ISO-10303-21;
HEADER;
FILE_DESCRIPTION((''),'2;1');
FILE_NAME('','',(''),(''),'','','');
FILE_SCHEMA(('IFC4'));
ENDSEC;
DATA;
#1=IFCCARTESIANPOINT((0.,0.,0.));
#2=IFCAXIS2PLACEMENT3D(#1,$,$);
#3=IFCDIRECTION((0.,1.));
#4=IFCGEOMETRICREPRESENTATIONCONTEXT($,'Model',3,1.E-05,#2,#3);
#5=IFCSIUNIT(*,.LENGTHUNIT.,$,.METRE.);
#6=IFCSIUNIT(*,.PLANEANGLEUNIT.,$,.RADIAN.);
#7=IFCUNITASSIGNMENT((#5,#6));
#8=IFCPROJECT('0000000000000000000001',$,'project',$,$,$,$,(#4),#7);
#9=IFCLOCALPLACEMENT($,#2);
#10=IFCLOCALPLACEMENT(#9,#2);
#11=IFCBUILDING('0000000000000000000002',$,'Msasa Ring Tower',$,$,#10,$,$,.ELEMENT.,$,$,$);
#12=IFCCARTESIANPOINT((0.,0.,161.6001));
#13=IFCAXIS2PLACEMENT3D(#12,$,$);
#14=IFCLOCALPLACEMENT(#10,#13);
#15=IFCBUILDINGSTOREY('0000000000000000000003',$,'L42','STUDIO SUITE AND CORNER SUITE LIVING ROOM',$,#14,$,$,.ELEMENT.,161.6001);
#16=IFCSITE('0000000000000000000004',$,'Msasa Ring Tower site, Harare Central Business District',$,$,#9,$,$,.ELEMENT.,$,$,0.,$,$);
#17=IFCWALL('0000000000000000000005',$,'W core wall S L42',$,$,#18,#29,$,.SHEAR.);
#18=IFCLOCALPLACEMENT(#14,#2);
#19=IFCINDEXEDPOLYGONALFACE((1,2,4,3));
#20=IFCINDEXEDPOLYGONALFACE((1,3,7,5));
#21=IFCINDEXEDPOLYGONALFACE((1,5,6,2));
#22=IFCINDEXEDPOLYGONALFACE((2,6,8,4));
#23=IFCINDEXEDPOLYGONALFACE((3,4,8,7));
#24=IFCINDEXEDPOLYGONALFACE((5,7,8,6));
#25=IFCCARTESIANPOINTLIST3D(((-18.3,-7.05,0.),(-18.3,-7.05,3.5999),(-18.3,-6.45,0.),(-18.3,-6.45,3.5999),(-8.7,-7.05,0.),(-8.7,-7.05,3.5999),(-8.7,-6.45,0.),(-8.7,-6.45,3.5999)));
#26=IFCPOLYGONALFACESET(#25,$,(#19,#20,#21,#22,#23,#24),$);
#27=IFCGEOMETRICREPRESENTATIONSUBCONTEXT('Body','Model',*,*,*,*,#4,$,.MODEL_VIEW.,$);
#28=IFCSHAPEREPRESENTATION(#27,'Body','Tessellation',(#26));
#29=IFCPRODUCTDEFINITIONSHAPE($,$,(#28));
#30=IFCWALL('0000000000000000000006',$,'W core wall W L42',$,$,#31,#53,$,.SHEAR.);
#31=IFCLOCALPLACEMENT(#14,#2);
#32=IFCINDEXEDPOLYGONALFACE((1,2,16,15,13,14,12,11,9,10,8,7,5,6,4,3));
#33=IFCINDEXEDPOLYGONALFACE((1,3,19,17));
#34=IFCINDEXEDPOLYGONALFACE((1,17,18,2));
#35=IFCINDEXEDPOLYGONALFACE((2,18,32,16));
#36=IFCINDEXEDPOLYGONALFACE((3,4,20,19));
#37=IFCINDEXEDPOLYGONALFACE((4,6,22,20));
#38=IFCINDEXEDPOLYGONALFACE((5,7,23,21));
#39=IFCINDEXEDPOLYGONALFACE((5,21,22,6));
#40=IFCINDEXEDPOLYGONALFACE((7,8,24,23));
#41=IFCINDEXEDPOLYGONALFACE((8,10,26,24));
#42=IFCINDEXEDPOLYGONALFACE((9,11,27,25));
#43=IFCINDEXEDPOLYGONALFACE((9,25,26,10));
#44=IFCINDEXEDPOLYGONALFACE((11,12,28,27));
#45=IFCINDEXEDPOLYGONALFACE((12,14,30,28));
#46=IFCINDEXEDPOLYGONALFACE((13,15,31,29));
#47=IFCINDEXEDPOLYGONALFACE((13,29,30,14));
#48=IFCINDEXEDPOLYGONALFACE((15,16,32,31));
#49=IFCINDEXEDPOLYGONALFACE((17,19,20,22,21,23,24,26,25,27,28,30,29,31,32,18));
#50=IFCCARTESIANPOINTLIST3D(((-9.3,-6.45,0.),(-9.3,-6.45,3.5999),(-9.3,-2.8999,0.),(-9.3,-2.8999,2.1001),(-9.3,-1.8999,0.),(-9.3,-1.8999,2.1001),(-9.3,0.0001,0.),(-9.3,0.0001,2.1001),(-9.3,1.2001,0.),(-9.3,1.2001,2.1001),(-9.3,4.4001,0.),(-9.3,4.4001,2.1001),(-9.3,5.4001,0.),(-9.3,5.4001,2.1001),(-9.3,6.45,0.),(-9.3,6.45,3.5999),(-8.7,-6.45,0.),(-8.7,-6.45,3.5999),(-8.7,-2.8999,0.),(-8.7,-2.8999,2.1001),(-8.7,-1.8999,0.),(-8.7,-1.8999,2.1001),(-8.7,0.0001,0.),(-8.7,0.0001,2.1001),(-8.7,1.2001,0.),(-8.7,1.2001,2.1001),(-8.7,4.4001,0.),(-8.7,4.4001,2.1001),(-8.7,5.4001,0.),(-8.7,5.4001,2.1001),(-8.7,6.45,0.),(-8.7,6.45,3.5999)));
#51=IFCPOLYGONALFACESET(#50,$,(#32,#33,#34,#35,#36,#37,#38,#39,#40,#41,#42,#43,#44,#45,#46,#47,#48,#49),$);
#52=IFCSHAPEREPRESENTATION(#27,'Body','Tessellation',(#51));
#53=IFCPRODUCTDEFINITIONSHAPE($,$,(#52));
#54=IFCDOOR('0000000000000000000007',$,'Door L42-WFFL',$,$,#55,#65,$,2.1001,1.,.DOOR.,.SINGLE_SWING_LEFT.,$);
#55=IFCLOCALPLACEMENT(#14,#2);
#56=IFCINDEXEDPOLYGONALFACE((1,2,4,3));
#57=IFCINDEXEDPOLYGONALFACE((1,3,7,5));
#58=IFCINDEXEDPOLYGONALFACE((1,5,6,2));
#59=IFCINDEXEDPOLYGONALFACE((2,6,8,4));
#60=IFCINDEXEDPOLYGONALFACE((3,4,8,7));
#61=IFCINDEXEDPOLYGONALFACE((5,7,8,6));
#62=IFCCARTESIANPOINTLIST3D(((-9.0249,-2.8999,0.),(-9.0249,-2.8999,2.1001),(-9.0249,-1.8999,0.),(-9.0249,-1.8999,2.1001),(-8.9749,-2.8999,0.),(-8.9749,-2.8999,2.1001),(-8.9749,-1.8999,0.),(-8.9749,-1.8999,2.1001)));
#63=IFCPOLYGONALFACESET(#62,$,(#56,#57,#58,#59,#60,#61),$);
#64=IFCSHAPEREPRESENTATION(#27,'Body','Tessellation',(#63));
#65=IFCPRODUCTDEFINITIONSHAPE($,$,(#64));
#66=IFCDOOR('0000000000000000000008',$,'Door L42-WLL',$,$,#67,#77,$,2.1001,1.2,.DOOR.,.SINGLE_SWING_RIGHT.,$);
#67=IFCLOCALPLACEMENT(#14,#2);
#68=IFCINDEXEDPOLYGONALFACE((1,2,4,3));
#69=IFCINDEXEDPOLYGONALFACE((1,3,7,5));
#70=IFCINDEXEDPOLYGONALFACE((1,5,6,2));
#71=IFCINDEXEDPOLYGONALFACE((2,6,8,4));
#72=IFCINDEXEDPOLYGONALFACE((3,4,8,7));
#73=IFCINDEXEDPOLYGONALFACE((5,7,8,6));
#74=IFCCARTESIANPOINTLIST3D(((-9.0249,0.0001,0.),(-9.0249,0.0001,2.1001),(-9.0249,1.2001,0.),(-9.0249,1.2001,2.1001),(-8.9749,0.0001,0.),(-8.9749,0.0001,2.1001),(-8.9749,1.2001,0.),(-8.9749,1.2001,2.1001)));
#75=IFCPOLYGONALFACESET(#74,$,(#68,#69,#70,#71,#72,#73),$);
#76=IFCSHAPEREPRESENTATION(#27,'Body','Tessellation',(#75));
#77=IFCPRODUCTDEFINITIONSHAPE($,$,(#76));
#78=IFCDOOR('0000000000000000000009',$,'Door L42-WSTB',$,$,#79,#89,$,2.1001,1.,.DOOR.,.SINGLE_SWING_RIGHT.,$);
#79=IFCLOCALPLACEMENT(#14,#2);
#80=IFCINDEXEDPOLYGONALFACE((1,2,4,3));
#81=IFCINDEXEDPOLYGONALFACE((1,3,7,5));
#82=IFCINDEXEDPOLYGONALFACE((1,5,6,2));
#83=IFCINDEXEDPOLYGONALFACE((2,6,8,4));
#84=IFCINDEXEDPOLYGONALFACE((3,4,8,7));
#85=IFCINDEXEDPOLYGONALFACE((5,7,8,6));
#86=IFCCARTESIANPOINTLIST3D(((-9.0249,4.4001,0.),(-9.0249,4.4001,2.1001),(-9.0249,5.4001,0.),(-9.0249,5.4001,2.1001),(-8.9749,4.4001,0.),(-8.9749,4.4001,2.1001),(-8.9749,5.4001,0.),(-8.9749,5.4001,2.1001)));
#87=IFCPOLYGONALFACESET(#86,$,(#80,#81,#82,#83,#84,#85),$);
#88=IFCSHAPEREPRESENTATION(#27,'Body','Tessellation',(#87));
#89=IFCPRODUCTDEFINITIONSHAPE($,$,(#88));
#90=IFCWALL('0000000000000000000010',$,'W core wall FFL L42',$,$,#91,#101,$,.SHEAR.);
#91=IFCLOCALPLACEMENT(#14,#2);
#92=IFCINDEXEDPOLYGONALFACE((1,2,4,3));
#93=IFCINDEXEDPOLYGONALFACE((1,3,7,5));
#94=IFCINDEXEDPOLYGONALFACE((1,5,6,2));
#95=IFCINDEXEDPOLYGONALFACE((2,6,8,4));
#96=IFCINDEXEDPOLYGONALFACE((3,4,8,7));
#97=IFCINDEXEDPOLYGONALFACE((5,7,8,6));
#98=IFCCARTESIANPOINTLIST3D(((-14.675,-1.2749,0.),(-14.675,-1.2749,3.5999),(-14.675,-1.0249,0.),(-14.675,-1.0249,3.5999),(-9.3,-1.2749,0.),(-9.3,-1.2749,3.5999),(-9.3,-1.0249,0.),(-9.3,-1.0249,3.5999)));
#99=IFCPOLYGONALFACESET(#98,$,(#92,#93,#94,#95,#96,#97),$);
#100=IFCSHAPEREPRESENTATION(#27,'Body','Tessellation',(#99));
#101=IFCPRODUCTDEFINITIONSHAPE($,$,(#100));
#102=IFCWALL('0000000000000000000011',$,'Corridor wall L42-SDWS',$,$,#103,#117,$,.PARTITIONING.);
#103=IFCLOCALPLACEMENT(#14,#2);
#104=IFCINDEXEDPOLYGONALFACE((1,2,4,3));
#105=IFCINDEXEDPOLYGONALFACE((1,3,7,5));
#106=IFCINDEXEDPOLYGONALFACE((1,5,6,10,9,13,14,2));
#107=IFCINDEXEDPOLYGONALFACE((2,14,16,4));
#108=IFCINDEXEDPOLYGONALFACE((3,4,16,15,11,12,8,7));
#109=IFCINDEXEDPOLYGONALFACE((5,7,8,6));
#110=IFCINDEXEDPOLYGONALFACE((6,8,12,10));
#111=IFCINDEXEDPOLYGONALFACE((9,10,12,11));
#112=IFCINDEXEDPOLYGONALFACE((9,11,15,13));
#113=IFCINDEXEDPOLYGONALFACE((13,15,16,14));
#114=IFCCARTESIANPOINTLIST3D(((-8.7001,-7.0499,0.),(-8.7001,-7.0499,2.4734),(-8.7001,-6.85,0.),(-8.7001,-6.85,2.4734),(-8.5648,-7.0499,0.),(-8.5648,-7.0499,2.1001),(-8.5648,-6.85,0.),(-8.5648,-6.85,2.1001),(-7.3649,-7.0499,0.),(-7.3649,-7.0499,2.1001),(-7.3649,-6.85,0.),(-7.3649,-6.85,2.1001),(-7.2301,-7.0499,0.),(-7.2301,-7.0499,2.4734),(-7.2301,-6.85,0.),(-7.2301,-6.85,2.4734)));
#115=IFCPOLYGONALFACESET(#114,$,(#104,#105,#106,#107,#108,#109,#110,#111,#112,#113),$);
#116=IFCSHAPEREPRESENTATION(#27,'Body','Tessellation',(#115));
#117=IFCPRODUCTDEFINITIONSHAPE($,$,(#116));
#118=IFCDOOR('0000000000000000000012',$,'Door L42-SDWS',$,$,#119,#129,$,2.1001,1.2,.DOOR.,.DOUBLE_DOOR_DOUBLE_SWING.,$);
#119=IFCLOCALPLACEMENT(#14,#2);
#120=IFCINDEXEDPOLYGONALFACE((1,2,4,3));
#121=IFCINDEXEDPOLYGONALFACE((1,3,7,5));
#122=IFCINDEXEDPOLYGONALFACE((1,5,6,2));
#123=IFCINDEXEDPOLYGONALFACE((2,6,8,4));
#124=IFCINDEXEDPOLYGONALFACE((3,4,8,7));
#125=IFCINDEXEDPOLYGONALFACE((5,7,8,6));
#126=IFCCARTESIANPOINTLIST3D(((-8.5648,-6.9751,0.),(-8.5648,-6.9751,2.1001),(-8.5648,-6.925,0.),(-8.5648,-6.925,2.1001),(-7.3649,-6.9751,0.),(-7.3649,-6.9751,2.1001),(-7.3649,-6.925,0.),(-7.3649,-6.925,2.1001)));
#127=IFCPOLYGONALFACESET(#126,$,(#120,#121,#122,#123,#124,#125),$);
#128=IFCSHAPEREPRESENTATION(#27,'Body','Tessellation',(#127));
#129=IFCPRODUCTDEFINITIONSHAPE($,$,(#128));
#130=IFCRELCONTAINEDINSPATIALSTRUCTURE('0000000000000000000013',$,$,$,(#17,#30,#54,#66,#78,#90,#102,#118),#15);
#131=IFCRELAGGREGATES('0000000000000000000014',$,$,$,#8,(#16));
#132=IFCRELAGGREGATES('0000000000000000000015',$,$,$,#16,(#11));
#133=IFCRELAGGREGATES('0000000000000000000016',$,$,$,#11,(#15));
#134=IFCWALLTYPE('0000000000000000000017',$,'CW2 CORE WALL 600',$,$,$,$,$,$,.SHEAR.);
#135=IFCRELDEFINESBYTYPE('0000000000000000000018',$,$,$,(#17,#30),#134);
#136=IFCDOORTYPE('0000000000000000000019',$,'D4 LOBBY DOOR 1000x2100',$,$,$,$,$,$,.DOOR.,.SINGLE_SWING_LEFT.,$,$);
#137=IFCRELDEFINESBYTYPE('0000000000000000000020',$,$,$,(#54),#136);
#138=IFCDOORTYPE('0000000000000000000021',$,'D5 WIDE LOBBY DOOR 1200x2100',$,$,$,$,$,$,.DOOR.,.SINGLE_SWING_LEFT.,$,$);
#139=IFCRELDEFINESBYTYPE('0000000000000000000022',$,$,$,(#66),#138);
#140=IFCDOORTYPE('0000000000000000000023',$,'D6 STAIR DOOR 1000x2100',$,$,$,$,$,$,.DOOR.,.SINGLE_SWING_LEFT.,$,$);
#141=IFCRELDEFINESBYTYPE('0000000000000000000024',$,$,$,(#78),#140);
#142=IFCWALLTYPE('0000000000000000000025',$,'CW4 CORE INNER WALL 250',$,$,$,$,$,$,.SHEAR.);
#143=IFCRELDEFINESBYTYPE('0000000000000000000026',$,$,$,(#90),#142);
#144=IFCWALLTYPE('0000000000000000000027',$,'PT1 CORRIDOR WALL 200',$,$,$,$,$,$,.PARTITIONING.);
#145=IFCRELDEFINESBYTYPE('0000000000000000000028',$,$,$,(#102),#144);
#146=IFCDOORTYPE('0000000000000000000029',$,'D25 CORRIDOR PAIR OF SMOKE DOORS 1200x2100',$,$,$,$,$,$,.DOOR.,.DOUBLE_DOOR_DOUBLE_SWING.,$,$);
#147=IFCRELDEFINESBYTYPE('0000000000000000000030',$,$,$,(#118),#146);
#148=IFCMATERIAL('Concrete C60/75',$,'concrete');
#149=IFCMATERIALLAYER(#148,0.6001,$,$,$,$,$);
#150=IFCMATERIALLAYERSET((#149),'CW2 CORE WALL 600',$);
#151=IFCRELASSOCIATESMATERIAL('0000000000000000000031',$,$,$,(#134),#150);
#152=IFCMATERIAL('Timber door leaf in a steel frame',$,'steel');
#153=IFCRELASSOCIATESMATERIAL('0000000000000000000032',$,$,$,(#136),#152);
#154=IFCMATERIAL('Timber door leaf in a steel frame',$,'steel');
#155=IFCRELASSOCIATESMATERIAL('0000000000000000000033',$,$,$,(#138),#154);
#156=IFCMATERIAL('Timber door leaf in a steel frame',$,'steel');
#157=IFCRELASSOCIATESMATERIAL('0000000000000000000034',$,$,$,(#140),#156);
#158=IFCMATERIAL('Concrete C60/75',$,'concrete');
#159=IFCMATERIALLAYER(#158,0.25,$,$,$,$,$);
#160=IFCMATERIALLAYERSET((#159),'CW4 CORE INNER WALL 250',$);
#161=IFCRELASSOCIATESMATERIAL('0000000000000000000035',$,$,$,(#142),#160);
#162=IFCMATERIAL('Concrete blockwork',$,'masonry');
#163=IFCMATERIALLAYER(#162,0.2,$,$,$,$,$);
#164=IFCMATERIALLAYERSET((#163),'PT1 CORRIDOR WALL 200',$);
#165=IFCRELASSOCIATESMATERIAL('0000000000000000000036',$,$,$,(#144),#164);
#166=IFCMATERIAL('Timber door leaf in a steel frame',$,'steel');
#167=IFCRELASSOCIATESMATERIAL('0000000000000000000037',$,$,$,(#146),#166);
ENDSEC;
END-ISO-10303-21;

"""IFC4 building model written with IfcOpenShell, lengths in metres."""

from ifc_helpers import new_model, si_unit, direction, frame, frame_2d, origin, place, context, subcontext, project, spatial, rectangle, extrude, material, layer, layer_set, type_object, element, fill, save


model = new_model("IFC4")

# Units and contexts
model_context = context("Model", 3, precision=1e-05, world=origin(), true_north=direction((0.0, 1.0)))
body_context = subcontext(model_context, "Body", "Model", "MODEL_VIEW")
ifc_project = project(units=[si_unit("LENGTHUNIT", "METRE"), si_unit("PLANEANGLEUNIT", "RADIAN")], contexts=[model_context])

# Site, building, storey
site_placement = place(None, origin())
site = spatial("IfcSite", under=ifc_project, at=site_placement, Name="Msasa Ring Tower site, Harare Central Business District", CompositionType="ELEMENT", RefElevation=0.0)
building_placement = place(site_placement, origin())
building = spatial("IfcBuilding", under=site, at=building_placement, Name="Msasa Ring Tower", CompositionType="ELEMENT")
storey_placement = place(building_placement, frame((0.0, 0.0, 161.6001)))
storey = spatial("IfcBuildingStorey", under=building, at=storey_placement, Name="L42", Description="STUDIO SUITE AND CORNER SUITE LIVING ROOM", CompositionType="ELEMENT", Elevation=161.6001)

# Wall
ifc_material_1 = material(Name="Concrete C60/75", Category="concrete")
ifc_layer_1 = layer(ifc_material_1, 0.6001)
ifc_layer_set_1 = layer_set([ifc_layer_1], Name="CW2 CORE WALL 600")
wall_type_1 = type_object("IfcWallType", Name="CW2 CORE WALL 600", PredefinedType="SHEAR", material=ifc_layer_set_1)
wall_1_placement = place(storey_placement, frame((-8.7, -6.75, 0.0), z_axis=(0.0, 0.0, 1.0), x_axis=(-1.0, 0.0, 0.0)))
element("IfcWall", 1, at=wall_1_placement, inside=storey, type_object=wall_type_1, Name="W core wall S L42", PredefinedType="SHEAR", context=body_context, shape_type="SweptSolid", body=[
    extrude(rectangle(XDim=9.6001, YDim=0.6001, at=frame_2d((4.8, 0.0))), origin(), (0.0, 0.0, 1.0), 3.5999),
])

# Wall, openings, doors
wall_2_placement = place(storey_placement, frame((-9.0, -6.45, 0.0), z_axis=(0.0, 0.0, 1.0), x_axis=(0.0, 1.0, 0.0)))
wall_2 = element("IfcWall", 2, at=wall_2_placement, inside=storey, type_object=wall_type_1, Name="W core wall W L42", PredefinedType="SHEAR", context=body_context, shape_type="SweptSolid", body=[
    extrude(rectangle(XDim=12.8999, YDim=0.6001, at=frame_2d((6.45, 0.0))), origin(), (0.0, 0.0, 1.0), 3.5999),
])
opening_1_placement = place(wall_2_placement, frame((3.55, 0.0, 0.0)))
opening_1 = element("IfcOpeningElement", 3, at=opening_1_placement, cuts=wall_2, PredefinedType="OPENING", context=body_context, shape_type="SweptSolid", body=[
    extrude(rectangle(XDim=1.0, YDim=2.1001, at=frame_2d((0.5, 1.05))), frame((0.0, 0.3101, 0.0), z_axis=(0.0, -1.0, 0.0), x_axis=(1.0, 0.0, 0.0)), (0.0, 0.0, 1.0), 0.6201),
])
opening_2_placement = place(wall_2_placement, frame((6.45, 0.0, 0.0)))
opening_2 = element("IfcOpeningElement", 4, at=opening_2_placement, cuts=wall_2, PredefinedType="OPENING", context=body_context, shape_type="SweptSolid", body=[
    extrude(rectangle(XDim=1.2, YDim=2.1001, at=frame_2d((0.6001, 1.05))), frame((0.0, 0.3101, 0.0), z_axis=(0.0, -1.0, 0.0), x_axis=(1.0, 0.0, 0.0)), (0.0, 0.0, 1.0), 0.6201),
])
opening_3_placement = place(wall_2_placement, frame((10.8501, 0.0, 0.0)))
opening_3 = element("IfcOpeningElement", 5, at=opening_3_placement, cuts=wall_2, PredefinedType="OPENING", context=body_context, shape_type="SweptSolid", body=[
    extrude(rectangle(XDim=1.0, YDim=2.1001, at=frame_2d((0.5, 1.05))), frame((0.0, 0.3101, 0.0), z_axis=(0.0, -1.0, 0.0), x_axis=(1.0, 0.0, 0.0)), (0.0, 0.0, 1.0), 0.6201),
])
ifc_material_2 = material(Name="Timber door leaf in a steel frame", Category="steel")
door_type_1 = type_object("IfcDoorType", Name="D4 LOBBY DOOR 1000x2100", OperationType="SINGLE_SWING_LEFT", PredefinedType="DOOR", material=ifc_material_2)
door_1_placement = place(opening_1_placement, origin())
door_1 = element("IfcDoor", 6, at=door_1_placement, inside=storey, type_object=door_type_1, Name="Door L42-WFFL", OperationType="SINGLE_SWING_LEFT", OverallHeight=2.1001, OverallWidth=1.0, PredefinedType="DOOR", context=body_context, shape_type="SweptSolid", body=[
    extrude(rectangle(XDim=1.0, YDim=2.1001, at=frame_2d((0.5, 1.05))), frame((0.0, 0.0249, 0.0), z_axis=(0.0, -1.0, 0.0), x_axis=(1.0, 0.0, 0.0)), (0.0, 0.0, 1.0), 0.05),
])
fill(opening_1, door_1)
ifc_material_3 = material(Name="Timber door leaf in a steel frame", Category="steel")
door_type_2 = type_object("IfcDoorType", Name="D5 WIDE LOBBY DOOR 1200x2100", OperationType="SINGLE_SWING_LEFT", PredefinedType="DOOR", material=ifc_material_3)
door_2_placement = place(opening_2_placement, origin())
door_2 = element("IfcDoor", 7, at=door_2_placement, inside=storey, type_object=door_type_2, Name="Door L42-WLL", OperationType="SINGLE_SWING_RIGHT", OverallHeight=2.1001, OverallWidth=1.2, PredefinedType="DOOR", context=body_context, shape_type="SweptSolid", body=[
    extrude(rectangle(XDim=1.2, YDim=2.1001, at=frame_2d((0.6001, 1.05))), frame((0.0, 0.0249, 0.0), z_axis=(0.0, -1.0, 0.0), x_axis=(1.0, 0.0, 0.0)), (0.0, 0.0, 1.0), 0.05),
])
fill(opening_2, door_2)
ifc_material_4 = material(Name="Timber door leaf in a steel frame", Category="steel")
door_type_3 = type_object("IfcDoorType", Name="D6 STAIR DOOR 1000x2100", OperationType="SINGLE_SWING_LEFT", PredefinedType="DOOR", material=ifc_material_4)
door_3_placement = place(opening_3_placement, origin())
door_3 = element("IfcDoor", 8, at=door_3_placement, inside=storey, type_object=door_type_3, Name="Door L42-WSTB", OperationType="SINGLE_SWING_RIGHT", OverallHeight=2.1001, OverallWidth=1.0, PredefinedType="DOOR", context=body_context, shape_type="SweptSolid", body=[
    extrude(rectangle(XDim=1.0, YDim=2.1001, at=frame_2d((0.5, 1.05))), frame((0.0, 0.0249, 0.0), z_axis=(0.0, -1.0, 0.0), x_axis=(1.0, 0.0, 0.0)), (0.0, 0.0, 1.0), 0.05),
])
fill(opening_3, door_3)

# Wall
ifc_material_5 = material(Name="Concrete C60/75", Category="concrete")
ifc_layer_2 = layer(ifc_material_5, 0.25)
ifc_layer_set_2 = layer_set([ifc_layer_2], Name="CW4 CORE INNER WALL 250")
wall_type_2 = type_object("IfcWallType", Name="CW4 CORE INNER WALL 250", PredefinedType="SHEAR", material=ifc_layer_set_2)
wall_3_placement = place(storey_placement, frame((-9.3, -1.1499, 0.0), z_axis=(0.0, 0.0, 1.0), x_axis=(-1.0, 0.0, 0.0)))
element("IfcWall", 9, at=wall_3_placement, inside=storey, type_object=wall_type_2, Name="W core wall FFL L42", PredefinedType="SHEAR", context=body_context, shape_type="SweptSolid", body=[
    extrude(rectangle(XDim=5.375, YDim=0.25, at=frame_2d((2.6875, 0.0))), origin(), (0.0, 0.0, 1.0), 3.5999),
])

# Wall, opening, door
ifc_material_6 = material(Name="Concrete blockwork", Category="masonry")
ifc_layer_3 = layer(ifc_material_6, 0.2)
ifc_layer_set_3 = layer_set([ifc_layer_3], Name="PT1 CORRIDOR WALL 200")
wall_type_3 = type_object("IfcWallType", Name="PT1 CORRIDOR WALL 200", PredefinedType="PARTITIONING", material=ifc_layer_set_3)
wall_4_placement = place(storey_placement, frame((-8.7, -6.95, 0.0), z_axis=(0.0, 0.0, 1.0), x_axis=(1.0, 0.0, 0.0)))
wall_4 = element("IfcWall", 10, at=wall_4_placement, inside=storey, type_object=wall_type_3, Name="Corridor wall L42-SDWS", PredefinedType="PARTITIONING", context=body_context, shape_type="SweptSolid", body=[
    extrude(rectangle(XDim=1.47, YDim=0.2, at=frame_2d((0.7349, 0.0))), origin(), (0.0, 0.0, 1.0), 2.4734),
])
opening_4_placement = place(wall_4_placement, frame((0.135, 0.0, 0.0)))
opening_4 = element("IfcOpeningElement", 11, at=opening_4_placement, cuts=wall_4, PredefinedType="OPENING", context=body_context, shape_type="SweptSolid", body=[
    extrude(rectangle(XDim=1.2, YDim=2.1001, at=frame_2d((0.6001, 1.05))), frame((0.0, 0.1099, 0.0), z_axis=(0.0, -1.0, 0.0), x_axis=(1.0, 0.0, 0.0)), (0.0, 0.0, 1.0), 0.22),
])
ifc_material_7 = material(Name="Timber door leaf in a steel frame", Category="steel")
door_type_4 = type_object("IfcDoorType", Name="D25 CORRIDOR PAIR OF SMOKE DOORS 1200x2100", OperationType="DOUBLE_DOOR_DOUBLE_SWING", PredefinedType="DOOR", material=ifc_material_7)
door_4_placement = place(opening_4_placement, origin())
door_4 = element("IfcDoor", 12, at=door_4_placement, inside=storey, type_object=door_type_4, Name="Door L42-SDWS", OperationType="DOUBLE_DOOR_DOUBLE_SWING", OverallHeight=2.1001, OverallWidth=1.2, PredefinedType="DOOR", context=body_context, shape_type="SweptSolid", body=[
    extrude(rectangle(XDim=1.2, YDim=2.1001, at=frame_2d((0.6001, 1.05))), frame((0.0, 0.0249, 0.0), z_axis=(0.0, -1.0, 0.0), x_axis=(1.0, 0.0, 0.0)), (0.0, 0.0, 1.0), 0.05),
])
fill(opening_4, door_4)

save(model, "model.ifc")
